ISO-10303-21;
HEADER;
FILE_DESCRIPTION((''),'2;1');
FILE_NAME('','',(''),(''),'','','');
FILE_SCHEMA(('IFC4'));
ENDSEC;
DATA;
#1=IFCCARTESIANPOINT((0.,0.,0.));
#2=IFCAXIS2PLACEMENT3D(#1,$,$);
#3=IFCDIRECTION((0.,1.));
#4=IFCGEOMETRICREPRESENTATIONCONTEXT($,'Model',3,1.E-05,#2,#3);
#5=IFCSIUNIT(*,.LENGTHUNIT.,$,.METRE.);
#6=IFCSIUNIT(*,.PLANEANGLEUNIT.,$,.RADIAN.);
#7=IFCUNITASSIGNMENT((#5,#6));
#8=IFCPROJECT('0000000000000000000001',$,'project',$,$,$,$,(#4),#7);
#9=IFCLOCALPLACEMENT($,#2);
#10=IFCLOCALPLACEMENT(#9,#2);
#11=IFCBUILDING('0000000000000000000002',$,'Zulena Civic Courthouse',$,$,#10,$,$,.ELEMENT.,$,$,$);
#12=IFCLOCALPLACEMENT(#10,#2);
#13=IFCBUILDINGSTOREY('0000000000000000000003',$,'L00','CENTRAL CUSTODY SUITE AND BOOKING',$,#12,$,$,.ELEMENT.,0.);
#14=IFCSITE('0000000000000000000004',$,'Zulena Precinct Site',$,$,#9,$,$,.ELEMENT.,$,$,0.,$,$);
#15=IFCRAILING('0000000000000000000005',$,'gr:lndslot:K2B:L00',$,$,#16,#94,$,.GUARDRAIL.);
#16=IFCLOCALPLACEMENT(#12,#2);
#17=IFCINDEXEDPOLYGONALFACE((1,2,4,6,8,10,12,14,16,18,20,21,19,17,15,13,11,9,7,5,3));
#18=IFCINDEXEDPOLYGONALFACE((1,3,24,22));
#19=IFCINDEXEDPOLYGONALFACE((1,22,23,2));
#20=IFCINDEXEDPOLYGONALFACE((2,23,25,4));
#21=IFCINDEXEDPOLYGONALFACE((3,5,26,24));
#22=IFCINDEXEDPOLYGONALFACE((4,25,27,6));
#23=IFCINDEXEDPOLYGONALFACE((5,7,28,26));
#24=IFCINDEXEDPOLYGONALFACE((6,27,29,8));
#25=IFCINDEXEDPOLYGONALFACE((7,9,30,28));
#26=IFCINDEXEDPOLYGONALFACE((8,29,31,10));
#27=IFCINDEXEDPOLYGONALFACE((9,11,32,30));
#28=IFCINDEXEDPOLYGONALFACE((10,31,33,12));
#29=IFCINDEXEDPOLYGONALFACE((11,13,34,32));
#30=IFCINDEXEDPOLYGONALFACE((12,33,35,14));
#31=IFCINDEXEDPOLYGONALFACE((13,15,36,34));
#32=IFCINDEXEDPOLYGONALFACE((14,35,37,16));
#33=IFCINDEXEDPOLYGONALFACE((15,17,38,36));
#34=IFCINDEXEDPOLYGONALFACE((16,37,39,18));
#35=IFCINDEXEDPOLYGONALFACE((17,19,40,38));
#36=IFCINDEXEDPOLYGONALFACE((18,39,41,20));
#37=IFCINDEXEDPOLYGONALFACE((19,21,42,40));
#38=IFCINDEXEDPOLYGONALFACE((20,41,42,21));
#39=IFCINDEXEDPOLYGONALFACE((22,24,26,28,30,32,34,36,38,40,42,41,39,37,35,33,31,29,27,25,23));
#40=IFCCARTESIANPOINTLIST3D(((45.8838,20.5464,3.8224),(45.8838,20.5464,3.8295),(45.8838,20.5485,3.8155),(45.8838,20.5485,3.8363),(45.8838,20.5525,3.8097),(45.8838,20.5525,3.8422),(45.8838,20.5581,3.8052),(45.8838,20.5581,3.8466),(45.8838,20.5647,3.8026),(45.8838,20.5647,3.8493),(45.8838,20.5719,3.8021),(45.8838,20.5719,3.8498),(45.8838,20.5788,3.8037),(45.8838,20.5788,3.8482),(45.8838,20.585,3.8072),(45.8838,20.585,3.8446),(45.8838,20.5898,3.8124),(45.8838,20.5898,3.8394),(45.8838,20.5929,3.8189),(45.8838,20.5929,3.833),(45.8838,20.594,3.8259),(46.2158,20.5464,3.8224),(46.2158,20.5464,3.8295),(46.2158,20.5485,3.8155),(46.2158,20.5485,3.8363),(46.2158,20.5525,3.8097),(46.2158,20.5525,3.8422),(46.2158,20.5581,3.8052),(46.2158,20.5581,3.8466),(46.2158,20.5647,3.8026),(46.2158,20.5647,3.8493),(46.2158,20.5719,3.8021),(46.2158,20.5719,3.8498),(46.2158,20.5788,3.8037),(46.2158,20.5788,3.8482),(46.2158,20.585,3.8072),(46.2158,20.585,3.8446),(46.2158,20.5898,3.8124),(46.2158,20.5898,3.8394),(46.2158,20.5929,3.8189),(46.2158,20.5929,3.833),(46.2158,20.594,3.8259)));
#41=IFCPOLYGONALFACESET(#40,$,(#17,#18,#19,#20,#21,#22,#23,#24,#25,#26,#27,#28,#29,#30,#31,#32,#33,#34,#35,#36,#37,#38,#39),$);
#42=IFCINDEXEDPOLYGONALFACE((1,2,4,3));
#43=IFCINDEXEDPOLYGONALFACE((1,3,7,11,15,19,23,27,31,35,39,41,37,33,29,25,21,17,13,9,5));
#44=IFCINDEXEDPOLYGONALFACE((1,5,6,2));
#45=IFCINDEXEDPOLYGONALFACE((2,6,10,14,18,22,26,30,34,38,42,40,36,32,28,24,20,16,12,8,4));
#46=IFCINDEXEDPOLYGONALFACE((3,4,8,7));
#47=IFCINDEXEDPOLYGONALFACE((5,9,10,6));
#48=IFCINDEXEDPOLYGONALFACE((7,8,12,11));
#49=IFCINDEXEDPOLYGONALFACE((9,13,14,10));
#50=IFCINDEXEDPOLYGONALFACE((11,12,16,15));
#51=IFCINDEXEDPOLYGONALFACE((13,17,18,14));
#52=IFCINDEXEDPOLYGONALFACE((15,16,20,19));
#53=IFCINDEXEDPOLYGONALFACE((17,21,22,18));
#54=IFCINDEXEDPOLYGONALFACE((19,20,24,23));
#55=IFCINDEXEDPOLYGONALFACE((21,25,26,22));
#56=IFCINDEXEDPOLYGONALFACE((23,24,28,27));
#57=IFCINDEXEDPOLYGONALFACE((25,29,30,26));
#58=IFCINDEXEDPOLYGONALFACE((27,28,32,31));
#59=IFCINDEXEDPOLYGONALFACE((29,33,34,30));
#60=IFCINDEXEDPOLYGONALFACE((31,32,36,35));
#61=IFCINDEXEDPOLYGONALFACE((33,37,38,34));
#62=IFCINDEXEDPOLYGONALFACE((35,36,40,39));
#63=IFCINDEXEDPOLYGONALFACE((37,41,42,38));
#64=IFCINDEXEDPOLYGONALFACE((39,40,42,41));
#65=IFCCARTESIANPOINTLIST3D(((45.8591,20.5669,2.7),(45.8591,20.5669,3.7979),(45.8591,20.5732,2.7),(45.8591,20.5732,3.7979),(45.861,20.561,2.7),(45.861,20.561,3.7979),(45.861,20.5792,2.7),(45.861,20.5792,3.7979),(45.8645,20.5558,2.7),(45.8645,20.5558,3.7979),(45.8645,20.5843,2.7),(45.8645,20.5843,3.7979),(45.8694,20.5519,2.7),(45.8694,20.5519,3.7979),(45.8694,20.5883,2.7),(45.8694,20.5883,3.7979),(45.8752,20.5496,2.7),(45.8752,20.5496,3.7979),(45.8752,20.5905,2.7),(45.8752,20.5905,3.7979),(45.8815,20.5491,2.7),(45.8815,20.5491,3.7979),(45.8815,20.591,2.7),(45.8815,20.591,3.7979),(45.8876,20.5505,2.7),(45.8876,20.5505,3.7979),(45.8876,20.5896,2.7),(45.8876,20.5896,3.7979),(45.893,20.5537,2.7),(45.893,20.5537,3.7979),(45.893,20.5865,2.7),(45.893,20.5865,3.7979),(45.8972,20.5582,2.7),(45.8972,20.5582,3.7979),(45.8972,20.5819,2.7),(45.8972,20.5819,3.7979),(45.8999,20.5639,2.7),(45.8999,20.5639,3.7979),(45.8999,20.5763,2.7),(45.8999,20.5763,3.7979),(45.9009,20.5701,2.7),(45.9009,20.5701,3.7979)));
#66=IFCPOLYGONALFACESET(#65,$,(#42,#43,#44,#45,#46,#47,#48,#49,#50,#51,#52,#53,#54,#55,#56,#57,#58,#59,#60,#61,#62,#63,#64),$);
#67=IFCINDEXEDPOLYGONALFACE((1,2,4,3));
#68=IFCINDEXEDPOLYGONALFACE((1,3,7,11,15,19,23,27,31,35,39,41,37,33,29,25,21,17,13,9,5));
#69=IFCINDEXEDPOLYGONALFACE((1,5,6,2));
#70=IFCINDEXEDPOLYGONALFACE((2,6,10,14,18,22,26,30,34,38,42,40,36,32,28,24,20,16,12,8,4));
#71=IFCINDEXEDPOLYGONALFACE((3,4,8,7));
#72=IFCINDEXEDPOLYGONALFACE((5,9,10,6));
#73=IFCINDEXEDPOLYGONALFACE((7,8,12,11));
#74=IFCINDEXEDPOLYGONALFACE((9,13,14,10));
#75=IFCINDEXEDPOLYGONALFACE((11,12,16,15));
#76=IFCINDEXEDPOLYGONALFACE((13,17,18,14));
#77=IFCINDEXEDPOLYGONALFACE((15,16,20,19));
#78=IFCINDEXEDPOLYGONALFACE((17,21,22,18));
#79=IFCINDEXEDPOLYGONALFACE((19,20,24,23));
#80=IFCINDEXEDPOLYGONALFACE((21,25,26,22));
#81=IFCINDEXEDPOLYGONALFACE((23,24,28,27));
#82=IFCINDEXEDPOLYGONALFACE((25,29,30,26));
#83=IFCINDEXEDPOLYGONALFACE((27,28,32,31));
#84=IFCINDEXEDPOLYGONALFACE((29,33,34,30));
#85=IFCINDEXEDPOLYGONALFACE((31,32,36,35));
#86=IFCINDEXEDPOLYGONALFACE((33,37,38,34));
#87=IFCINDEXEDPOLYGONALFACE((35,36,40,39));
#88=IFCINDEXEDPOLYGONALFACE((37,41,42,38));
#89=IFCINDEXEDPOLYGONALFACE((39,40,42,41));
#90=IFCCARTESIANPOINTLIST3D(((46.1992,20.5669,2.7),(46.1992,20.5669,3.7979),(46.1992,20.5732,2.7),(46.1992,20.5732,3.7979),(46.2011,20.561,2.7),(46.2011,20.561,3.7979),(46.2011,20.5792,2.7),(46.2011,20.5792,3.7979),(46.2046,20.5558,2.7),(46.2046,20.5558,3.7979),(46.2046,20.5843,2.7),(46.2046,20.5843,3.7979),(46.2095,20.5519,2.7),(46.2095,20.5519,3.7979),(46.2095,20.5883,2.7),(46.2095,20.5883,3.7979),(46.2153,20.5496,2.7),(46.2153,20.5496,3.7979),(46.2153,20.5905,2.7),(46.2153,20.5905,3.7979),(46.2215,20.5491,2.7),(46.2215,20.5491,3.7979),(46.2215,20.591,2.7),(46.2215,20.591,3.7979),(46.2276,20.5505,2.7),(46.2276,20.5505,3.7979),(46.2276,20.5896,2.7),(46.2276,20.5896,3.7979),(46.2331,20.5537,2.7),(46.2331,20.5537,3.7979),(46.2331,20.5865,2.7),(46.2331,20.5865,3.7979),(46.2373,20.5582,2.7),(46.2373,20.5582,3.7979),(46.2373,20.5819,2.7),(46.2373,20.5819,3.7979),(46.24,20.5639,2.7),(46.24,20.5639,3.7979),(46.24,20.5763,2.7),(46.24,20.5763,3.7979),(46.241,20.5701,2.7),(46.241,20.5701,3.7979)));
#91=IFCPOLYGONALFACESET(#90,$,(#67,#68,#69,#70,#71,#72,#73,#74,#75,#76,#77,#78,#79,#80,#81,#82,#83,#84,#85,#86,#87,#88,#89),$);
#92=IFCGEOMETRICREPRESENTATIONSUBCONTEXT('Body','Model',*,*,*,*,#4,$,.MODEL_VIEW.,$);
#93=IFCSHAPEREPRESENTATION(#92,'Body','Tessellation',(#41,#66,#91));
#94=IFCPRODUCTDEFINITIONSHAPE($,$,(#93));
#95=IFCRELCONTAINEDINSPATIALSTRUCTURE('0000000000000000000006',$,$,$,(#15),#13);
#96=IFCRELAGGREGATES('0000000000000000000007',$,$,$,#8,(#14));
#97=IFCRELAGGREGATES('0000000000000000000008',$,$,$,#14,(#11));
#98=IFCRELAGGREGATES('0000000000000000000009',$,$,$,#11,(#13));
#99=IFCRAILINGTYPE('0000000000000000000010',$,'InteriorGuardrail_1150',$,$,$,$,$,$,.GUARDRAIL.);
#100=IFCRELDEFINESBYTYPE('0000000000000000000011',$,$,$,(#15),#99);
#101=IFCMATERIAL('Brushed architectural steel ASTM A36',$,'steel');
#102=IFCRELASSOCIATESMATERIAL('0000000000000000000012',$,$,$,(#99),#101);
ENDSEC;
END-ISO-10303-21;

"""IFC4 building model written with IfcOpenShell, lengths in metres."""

from ifc_helpers import new_model, si_unit, direction, frame, origin, origin_2d, place, context, subcontext, project, spatial, circle, extrude, material, type_object, element, save


model = new_model("IFC4")

# Units and contexts
model_context = context("Model", 3, precision=1e-05, world=origin(), true_north=direction((0.0, 1.0)))
body_context = subcontext(model_context, "Body", "Model", "MODEL_VIEW")
ifc_project = project(units=[si_unit("LENGTHUNIT", "METRE"), si_unit("PLANEANGLEUNIT", "RADIAN")], contexts=[model_context])

# Site, building, storey
site_placement = place(None, origin())
site = spatial("IfcSite", under=ifc_project, at=site_placement, Name="Zulena Precinct Site", CompositionType="ELEMENT", RefElevation=0.0)
building_placement = place(site_placement, origin())
building = spatial("IfcBuilding", under=site, at=building_placement, Name="Zulena Civic Courthouse", CompositionType="ELEMENT")
storey_placement = place(building_placement, origin())
storey = spatial("IfcBuildingStorey", under=building, at=storey_placement, Name="L00", Description="CENTRAL CUSTODY SUITE AND BOOKING", CompositionType="ELEMENT", Elevation=0.0)

# Railing
ifc_material_1 = material(Name="Brushed architectural steel ASTM A36", Category="steel")
railing_type_1 = type_object("IfcRailingType", Name="InteriorGuardrail_1150", PredefinedType="GUARDRAIL", material=ifc_material_1)
railing_1_placement = place(storey_placement, frame((45.8799, 20.5701, 2.7)))
element("IfcRailing", 1, at=railing_1_placement, inside=storey, type_object=railing_type_1, Name="gr:lndslot:K2B:L00", PredefinedType="GUARDRAIL", context=body_context, shape_type="SweptSolid", body=[
    extrude(circle(Radius=0.0239, at=origin_2d()), frame((0.0039, 0.0, 1.126), z_axis=(1.0, 0.0, 0.0), x_axis=(0.0, 1.0, 0.0)), (0.0, 0.0, 1.0), 0.332),
    extrude(circle(Radius=0.021, at=origin_2d()), origin(), (0.0, 0.0, 1.0), 1.0979),
    extrude(circle(Radius=0.021, at=origin_2d()), frame((0.3401, 0.0, 0.0)), (0.0, 0.0, 1.0), 1.0979),
])

save(model, "model.ifc")
